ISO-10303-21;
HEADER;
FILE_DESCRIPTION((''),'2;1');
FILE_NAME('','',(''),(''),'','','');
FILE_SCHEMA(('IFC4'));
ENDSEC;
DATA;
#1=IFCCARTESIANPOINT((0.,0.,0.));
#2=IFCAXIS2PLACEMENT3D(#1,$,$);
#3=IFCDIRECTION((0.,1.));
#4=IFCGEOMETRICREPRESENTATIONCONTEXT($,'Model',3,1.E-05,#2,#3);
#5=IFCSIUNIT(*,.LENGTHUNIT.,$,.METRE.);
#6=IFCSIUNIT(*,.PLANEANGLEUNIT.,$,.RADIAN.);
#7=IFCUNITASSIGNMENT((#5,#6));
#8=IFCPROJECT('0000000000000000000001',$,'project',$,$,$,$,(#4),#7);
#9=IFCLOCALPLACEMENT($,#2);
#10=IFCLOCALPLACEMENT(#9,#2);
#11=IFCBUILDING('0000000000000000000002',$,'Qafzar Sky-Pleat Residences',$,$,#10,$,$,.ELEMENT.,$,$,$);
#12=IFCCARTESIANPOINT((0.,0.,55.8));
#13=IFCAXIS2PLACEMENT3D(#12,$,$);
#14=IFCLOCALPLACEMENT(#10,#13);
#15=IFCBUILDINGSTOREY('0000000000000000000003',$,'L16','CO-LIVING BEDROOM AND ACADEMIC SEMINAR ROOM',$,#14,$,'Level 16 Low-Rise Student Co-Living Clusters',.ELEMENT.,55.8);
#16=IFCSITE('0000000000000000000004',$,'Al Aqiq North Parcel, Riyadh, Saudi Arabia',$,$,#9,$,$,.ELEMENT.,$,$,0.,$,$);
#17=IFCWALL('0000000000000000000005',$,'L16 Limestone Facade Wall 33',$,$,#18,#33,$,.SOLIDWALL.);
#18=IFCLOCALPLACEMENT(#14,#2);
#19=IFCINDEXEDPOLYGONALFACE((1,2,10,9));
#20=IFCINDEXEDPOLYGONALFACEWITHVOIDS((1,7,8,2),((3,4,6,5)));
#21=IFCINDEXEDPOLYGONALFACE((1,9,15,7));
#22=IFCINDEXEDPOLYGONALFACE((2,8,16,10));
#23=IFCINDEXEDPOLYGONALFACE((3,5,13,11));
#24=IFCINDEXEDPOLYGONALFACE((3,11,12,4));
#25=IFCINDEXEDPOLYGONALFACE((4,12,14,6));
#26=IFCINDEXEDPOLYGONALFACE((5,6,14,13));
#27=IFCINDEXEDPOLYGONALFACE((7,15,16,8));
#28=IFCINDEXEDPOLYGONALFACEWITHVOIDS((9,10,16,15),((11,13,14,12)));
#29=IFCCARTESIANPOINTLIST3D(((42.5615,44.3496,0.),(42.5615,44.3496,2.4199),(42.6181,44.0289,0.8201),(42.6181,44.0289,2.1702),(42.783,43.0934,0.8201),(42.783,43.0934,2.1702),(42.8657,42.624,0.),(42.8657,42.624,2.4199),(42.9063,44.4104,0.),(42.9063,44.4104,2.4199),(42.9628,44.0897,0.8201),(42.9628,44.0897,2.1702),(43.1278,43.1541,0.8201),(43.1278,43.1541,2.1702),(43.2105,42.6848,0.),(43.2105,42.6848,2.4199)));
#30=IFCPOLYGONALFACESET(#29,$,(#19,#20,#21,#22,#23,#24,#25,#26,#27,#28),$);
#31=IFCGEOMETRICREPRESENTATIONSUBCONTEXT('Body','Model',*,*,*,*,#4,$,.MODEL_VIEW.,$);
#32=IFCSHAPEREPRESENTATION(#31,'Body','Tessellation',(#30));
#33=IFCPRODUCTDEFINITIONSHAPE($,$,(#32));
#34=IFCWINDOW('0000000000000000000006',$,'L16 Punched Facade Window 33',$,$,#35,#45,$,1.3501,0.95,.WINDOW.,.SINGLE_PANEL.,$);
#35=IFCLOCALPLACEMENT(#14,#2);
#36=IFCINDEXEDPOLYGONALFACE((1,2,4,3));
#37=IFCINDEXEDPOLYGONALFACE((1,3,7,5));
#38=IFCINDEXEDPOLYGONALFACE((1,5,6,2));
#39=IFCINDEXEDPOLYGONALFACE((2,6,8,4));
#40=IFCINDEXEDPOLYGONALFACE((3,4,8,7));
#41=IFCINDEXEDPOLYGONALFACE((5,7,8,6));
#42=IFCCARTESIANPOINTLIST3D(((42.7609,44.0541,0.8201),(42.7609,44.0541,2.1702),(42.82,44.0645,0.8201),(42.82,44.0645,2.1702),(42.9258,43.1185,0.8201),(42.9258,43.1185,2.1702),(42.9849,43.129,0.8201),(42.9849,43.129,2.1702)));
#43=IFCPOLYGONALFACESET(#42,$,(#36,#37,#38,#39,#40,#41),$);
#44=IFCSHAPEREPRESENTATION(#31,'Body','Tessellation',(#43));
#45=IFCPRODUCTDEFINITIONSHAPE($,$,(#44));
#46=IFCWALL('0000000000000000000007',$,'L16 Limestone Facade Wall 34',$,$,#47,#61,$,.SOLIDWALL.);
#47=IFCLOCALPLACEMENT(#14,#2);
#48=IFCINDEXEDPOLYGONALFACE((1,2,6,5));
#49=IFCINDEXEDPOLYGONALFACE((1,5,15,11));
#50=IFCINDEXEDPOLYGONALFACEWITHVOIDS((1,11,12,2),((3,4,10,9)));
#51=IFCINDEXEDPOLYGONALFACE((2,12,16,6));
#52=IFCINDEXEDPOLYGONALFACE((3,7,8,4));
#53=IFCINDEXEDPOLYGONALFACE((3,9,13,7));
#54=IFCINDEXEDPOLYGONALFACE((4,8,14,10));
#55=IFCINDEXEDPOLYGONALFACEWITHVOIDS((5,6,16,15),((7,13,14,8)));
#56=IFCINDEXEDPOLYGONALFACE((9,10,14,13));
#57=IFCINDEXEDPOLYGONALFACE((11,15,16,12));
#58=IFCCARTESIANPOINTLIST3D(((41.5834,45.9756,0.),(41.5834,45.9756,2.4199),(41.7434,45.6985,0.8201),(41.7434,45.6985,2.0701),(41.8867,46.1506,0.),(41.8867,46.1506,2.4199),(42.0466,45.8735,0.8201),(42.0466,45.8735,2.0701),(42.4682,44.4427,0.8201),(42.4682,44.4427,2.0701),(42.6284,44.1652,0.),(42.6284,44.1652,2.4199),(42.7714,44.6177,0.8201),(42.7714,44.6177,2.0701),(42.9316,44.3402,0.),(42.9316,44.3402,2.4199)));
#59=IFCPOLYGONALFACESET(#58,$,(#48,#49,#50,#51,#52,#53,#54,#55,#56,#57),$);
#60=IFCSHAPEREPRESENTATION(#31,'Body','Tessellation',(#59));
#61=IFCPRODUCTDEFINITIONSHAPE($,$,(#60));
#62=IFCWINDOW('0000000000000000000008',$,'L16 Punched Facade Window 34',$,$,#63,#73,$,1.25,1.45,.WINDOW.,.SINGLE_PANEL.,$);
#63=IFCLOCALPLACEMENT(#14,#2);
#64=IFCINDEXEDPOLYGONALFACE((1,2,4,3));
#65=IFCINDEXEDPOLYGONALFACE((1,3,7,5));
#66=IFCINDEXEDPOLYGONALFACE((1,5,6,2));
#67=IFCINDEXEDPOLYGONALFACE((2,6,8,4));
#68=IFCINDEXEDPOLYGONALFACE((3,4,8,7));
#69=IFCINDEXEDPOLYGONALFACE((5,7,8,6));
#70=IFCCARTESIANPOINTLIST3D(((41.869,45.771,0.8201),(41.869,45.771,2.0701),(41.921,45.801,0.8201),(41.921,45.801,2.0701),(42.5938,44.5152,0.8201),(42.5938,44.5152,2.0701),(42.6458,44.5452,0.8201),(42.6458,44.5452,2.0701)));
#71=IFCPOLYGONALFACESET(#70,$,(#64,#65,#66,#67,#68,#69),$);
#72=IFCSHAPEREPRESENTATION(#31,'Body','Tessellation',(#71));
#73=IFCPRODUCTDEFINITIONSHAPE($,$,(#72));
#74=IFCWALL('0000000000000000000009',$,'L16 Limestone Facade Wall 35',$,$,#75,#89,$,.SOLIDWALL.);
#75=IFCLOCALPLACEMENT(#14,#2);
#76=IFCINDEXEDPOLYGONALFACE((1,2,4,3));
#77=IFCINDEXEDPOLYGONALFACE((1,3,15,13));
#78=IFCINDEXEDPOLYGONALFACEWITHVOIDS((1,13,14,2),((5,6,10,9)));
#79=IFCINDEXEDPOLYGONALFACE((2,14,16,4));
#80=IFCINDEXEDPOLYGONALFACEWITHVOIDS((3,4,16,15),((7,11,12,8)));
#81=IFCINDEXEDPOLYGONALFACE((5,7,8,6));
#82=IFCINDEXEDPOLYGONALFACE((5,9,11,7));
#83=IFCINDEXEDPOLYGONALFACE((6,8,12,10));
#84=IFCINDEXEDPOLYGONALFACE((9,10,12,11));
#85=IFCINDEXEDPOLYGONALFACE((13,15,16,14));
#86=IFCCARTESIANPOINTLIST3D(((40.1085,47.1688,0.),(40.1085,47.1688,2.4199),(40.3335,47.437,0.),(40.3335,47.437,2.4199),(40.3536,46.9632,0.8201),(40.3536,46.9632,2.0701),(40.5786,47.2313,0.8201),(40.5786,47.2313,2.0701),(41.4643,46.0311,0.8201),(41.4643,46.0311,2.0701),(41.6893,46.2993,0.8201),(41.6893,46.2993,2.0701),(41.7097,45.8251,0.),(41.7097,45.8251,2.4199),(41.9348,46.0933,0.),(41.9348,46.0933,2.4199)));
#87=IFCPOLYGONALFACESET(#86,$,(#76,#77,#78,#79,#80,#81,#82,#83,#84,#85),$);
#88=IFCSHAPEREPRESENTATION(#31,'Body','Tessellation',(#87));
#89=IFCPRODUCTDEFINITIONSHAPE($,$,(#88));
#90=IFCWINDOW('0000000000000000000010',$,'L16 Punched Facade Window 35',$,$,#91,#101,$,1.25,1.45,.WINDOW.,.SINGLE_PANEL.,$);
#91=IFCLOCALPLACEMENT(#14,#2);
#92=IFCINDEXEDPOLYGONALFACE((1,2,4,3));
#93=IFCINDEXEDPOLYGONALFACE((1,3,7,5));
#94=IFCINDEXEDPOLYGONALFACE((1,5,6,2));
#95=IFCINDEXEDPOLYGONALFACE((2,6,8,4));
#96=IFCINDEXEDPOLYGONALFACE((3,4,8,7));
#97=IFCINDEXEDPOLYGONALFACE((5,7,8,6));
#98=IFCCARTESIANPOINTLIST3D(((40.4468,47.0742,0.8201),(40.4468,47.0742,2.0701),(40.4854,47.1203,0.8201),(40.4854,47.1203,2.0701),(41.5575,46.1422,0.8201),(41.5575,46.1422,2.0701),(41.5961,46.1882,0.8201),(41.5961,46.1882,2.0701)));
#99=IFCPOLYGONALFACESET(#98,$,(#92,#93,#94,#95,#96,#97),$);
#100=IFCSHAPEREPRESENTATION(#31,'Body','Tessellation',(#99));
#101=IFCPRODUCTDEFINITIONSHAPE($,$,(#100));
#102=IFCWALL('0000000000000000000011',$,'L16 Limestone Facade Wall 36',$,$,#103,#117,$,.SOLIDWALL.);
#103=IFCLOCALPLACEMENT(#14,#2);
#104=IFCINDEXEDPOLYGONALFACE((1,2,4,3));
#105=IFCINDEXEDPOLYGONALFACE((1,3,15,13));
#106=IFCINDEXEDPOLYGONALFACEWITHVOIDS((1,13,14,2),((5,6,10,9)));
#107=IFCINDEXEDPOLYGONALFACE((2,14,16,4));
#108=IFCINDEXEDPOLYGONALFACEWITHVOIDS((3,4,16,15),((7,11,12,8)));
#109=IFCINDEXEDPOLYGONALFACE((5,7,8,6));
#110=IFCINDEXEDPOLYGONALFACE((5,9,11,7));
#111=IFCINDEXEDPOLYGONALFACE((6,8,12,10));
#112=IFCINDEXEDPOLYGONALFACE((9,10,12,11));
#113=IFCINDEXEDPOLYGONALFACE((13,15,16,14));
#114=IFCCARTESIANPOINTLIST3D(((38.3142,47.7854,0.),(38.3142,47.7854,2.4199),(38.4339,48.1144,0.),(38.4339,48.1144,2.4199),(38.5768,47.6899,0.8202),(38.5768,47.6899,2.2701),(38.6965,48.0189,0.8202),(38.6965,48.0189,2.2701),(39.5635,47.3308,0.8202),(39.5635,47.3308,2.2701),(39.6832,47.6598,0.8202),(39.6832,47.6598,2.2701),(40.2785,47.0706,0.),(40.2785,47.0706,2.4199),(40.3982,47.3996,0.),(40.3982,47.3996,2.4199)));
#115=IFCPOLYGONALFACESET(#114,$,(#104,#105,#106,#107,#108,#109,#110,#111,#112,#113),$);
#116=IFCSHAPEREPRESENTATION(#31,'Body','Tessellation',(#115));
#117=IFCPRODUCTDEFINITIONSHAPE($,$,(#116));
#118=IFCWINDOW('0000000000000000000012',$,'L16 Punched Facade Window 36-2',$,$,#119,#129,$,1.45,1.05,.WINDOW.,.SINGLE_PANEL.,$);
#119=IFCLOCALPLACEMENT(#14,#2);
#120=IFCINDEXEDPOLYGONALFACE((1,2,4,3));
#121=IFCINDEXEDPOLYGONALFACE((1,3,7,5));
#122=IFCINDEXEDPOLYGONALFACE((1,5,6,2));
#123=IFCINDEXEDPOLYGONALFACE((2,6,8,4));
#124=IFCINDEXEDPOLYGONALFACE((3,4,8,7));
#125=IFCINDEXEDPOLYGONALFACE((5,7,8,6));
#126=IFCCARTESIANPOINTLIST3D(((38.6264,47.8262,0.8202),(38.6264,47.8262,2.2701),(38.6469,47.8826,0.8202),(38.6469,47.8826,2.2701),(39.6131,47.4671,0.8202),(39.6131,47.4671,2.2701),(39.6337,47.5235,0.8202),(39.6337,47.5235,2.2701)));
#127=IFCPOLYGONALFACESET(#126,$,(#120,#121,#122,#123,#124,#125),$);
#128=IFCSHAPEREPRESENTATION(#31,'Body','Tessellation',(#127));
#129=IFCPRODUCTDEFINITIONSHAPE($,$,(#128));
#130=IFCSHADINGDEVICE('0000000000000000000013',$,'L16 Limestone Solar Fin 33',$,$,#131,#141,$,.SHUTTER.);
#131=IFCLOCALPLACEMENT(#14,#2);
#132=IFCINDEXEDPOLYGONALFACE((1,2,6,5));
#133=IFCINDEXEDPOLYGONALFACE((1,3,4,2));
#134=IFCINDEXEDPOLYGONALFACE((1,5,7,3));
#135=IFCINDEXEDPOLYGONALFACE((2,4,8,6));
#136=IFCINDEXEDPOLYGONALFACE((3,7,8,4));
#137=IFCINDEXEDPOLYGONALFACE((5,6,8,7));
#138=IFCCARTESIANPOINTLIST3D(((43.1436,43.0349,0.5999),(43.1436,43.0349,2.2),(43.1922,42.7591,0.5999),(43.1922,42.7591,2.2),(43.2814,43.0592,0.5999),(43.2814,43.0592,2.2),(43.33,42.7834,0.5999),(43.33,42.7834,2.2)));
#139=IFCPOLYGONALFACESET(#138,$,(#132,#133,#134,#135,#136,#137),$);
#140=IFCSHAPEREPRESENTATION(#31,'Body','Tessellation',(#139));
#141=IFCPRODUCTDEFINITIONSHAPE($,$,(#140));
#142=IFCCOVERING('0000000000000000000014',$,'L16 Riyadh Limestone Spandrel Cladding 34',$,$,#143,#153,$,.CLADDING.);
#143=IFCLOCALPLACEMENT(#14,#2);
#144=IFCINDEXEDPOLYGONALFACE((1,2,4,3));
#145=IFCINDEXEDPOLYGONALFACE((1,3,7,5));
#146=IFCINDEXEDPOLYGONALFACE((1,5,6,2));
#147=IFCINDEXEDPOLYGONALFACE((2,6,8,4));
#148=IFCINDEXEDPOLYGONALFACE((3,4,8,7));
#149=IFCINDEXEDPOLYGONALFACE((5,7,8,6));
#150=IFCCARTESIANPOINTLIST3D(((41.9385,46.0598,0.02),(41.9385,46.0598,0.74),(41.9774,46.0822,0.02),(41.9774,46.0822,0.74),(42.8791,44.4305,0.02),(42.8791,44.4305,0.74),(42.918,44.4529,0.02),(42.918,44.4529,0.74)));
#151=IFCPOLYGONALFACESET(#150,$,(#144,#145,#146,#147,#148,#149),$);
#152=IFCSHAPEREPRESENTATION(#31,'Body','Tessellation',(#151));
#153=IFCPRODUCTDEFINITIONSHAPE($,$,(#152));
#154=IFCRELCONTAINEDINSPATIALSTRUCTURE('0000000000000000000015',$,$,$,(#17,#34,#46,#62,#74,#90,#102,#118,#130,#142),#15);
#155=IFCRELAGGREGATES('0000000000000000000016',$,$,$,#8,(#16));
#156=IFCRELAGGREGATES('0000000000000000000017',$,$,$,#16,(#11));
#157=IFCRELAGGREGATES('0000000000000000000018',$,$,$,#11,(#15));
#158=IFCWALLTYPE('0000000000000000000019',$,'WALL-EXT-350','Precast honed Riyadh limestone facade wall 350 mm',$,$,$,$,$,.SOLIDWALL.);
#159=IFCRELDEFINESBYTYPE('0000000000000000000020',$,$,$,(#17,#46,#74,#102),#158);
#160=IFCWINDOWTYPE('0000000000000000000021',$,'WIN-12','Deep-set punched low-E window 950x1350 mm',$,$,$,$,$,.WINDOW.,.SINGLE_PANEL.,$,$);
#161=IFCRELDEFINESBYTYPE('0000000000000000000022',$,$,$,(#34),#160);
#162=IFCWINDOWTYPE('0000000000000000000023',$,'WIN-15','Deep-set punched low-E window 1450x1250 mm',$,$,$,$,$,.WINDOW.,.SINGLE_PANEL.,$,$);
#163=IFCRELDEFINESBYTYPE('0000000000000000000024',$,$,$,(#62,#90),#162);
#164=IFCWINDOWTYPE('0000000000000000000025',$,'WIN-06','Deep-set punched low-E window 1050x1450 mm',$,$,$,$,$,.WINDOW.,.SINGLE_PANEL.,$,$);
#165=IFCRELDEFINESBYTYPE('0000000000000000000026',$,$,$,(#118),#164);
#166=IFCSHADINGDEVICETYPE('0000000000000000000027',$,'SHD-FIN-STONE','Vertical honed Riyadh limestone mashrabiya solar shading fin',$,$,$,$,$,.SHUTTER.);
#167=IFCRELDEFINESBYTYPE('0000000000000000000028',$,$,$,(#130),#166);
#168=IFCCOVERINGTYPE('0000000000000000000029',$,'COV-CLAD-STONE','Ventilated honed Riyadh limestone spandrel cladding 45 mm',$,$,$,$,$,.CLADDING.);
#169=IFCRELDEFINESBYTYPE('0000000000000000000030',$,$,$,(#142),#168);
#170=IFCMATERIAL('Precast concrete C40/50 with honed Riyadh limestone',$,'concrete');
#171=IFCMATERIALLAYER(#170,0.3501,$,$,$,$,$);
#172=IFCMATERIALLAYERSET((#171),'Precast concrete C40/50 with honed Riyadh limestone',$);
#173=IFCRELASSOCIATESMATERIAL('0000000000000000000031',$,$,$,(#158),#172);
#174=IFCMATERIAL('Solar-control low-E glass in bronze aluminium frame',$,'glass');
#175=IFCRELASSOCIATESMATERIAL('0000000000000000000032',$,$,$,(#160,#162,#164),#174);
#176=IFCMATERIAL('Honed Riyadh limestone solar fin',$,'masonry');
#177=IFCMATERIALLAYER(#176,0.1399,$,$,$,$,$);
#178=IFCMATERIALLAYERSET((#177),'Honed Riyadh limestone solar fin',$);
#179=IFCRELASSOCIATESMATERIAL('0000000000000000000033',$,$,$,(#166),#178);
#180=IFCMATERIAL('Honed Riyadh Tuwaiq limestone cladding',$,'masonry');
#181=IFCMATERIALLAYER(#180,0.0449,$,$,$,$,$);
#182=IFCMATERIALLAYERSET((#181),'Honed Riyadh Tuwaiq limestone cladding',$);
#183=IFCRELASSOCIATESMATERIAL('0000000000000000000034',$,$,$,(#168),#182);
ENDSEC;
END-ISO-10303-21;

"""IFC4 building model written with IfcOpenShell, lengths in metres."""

from ifc_helpers import new_model, si_unit, direction, frame, frame_2d, origin, origin_2d, place, context, subcontext, project, spatial, rectangle, extrude, source, transform, mapped, material, layer, layer_set, type_object, element, fill, save


model = new_model("IFC4")

# Units and contexts
model_context = context("Model", 3, precision=1e-05, world=origin(), true_north=direction((0.0, 1.0)))
body_context = subcontext(model_context, "Body", "Model", "MODEL_VIEW")
ifc_project = project(units=[si_unit("LENGTHUNIT", "METRE"), si_unit("PLANEANGLEUNIT", "RADIAN")], contexts=[model_context])

# Site, building, storey
site_placement = place(None, origin())
site = spatial("IfcSite", under=ifc_project, at=site_placement, Name="Al Aqiq North Parcel, Riyadh, Saudi Arabia", CompositionType="ELEMENT", RefElevation=0.0)
building_placement = place(site_placement, origin())
building = spatial("IfcBuilding", under=site, at=building_placement, Name="Qafzar Sky-Pleat Residences", CompositionType="ELEMENT")
storey_placement = place(building_placement, frame((0.0, 0.0, 55.8)))
storey = spatial("IfcBuildingStorey", under=building, at=storey_placement, Name="L16", Description="CO-LIVING BEDROOM AND ACADEMIC SEMINAR ROOM", LongName="Level 16 Low-Rise Student Co-Living Clusters", CompositionType="ELEMENT", Elevation=55.8)

# Shared definitions
ifc_material_1 = material(Name="Precast concrete C40/50 with honed Riyadh limestone", Category="concrete")
ifc_layer_1 = layer(ifc_material_1, 0.3501)
ifc_layer_set_1 = layer_set([ifc_layer_1], Name="Precast concrete C40/50 with honed Riyadh limestone")
wall_type_1 = type_object("IfcWallType", Name="WALL-EXT-350", Description="Precast honed Riyadh limestone facade wall 350 mm", PredefinedType="SOLIDWALL", material=ifc_layer_set_1)
ifc_material_2 = material(Name="Solar-control low-E glass in bronze aluminium frame", Category="glass")

# Walls, openings, windows
wall_1_placement = place(storey_placement, frame((43.0381, 42.6545, 0.0), z_axis=(0.0, 0.0, 1.0), x_axis=(-0.17361, 0.984814, 0.0)))
wall_1 = element("IfcWall", 1, at=wall_1_placement, inside=storey, type_object=wall_type_1, Name="L16 Limestone Facade Wall 33", PredefinedType="SOLIDWALL", context=body_context, shape_type="SweptSolid", body=[
    extrude(rectangle(XDim=1.7522, YDim=0.3501, at=frame_2d((0.876, 0.0))), origin(), (0.0, 0.0, 1.0), 2.4199),
])
opening_1_placement = place(wall_1_placement, frame((0.4763, 0.0, 0.8201)))
opening_1 = element("IfcOpeningElement", 2, at=opening_1_placement, cuts=wall_1, PredefinedType="OPENING", context=body_context, shape_type="SweptSolid", body=[
    extrude(rectangle(XDim=0.95, YDim=1.3501, at=frame_2d((0.4751, 0.675))), frame((0.0, 0.1851, 0.0), z_axis=(0.0, -1.0, 0.0), x_axis=(1.0, 0.0, 0.0)), (0.0, 0.0, 1.0), 0.3701),
])
window_type_1 = type_object("IfcWindowType", Name="WIN-12", Description="Deep-set punched low-E window 950x1350 mm", PartitioningType="SINGLE_PANEL", PredefinedType="WINDOW", material=ifc_material_2)
shared_shape_1 = source(origin(), body_context, "Body", "SweptSolid", [
    extrude(rectangle(XDim=0.95, YDim=1.3501, at=frame_2d((0.4751, 0.675))), frame((0.0, 0.03, 0.0), z_axis=(0.0, -1.0, 0.0), x_axis=(1.0, 0.0, 0.0)), (0.0, 0.0, 1.0), 0.0601),
])
window_1_placement = place(opening_1_placement, origin())
window_1 = element("IfcWindow", 3, at=window_1_placement, inside=storey, type_object=window_type_1, Name="L16 Punched Facade Window 33", OverallHeight=1.3501, OverallWidth=0.95, PartitioningType="SINGLE_PANEL", PredefinedType="WINDOW", context=body_context, shape_type="MappedRepresentation", body=[
    mapped(shared_shape_1, transform((0.0, 0.0, 0.0), x_axis=(1.0, 0.0, 0.0), y_axis=(0.0, 1.0, 0.0), z_axis=(0.0, 0.0, 1.0), scale=1.0)),
])
fill(opening_1, window_1)
wall_2_placement = place(storey_placement, frame((42.78, 44.2527, 0.0), z_axis=(0.0, 0.0, 1.0), x_axis=(-0.499908, 0.866079, 0.0)))
wall_2 = element("IfcWall", 4, at=wall_2_placement, inside=storey, type_object=wall_type_1, Name="L16 Limestone Facade Wall 34", PredefinedType="SOLIDWALL", context=body_context, shape_type="SweptSolid", body=[
    extrude(rectangle(XDim=2.0903, YDim=0.3501, at=frame_2d((1.0452, 0.0))), origin(), (0.0, 0.0, 1.0), 2.4199),
])
opening_2_placement = place(wall_2_placement, frame((0.3203, 0.0, 0.8201)))
opening_2 = element("IfcOpeningElement", 5, at=opening_2_placement, cuts=wall_2, PredefinedType="OPENING", context=body_context, shape_type="SweptSolid", body=[
    extrude(rectangle(XDim=1.45, YDim=1.25, at=frame_2d((0.7251, 0.625))), frame((0.0, 0.1851, 0.0), z_axis=(0.0, -1.0, 0.0), x_axis=(1.0, 0.0, 0.0)), (0.0, 0.0, 1.0), 0.3701),
])
window_type_2 = type_object("IfcWindowType", Name="WIN-15", Description="Deep-set punched low-E window 1450x1250 mm", PartitioningType="SINGLE_PANEL", PredefinedType="WINDOW", material=ifc_material_2)
shared_shape_2 = source(origin(), body_context, "Body", "SweptSolid", [
    extrude(rectangle(XDim=1.45, YDim=1.25, at=frame_2d((0.7251, 0.625))), frame((0.0, 0.03, 0.0), z_axis=(0.0, -1.0, 0.0), x_axis=(1.0, 0.0, 0.0)), (0.0, 0.0, 1.0), 0.0601),
])
window_2_placement = place(opening_2_placement, origin())
window_2 = element("IfcWindow", 6, at=window_2_placement, inside=storey, type_object=window_type_2, Name="L16 Punched Facade Window 34", OverallHeight=1.25, OverallWidth=1.45, PartitioningType="SINGLE_PANEL", PredefinedType="WINDOW", context=body_context, shape_type="MappedRepresentation", body=[
    mapped(shared_shape_2, transform((0.0, 0.0, 0.0), x_axis=(1.0, 0.0, 0.0), y_axis=(0.0, 1.0, 0.0), z_axis=(0.0, 0.0, 1.0), scale=1.0)),
])
fill(opening_2, window_2)
wall_3_placement = place(storey_placement, frame((41.8223, 45.9592, 0.0), z_axis=(0.0, 0.0, 1.0), x_axis=(-0.766025, 0.642811, 0.0)))
wall_3 = element("IfcWall", 7, at=wall_3_placement, inside=storey, type_object=wall_type_1, Name="L16 Limestone Facade Wall 35", PredefinedType="SOLIDWALL", context=body_context, shape_type="SweptSolid", body=[
    extrude(rectangle(XDim=2.0903, YDim=0.3501, at=frame_2d((1.0452, 0.0))), origin(), (0.0, 0.0, 1.0), 2.4199),
])
opening_3_placement = place(wall_3_placement, frame((0.3203, 0.0, 0.8201)))
opening_3 = element("IfcOpeningElement", 8, at=opening_3_placement, cuts=wall_3, PredefinedType="OPENING", context=body_context, shape_type="SweptSolid", body=[
    extrude(rectangle(XDim=1.45, YDim=1.25, at=frame_2d((0.7251, 0.625))), frame((0.0, 0.1851, 0.0), z_axis=(0.0, -1.0, 0.0), x_axis=(1.0, 0.0, 0.0)), (0.0, 0.0, 1.0), 0.3701),
])
window_3_placement = place(opening_3_placement, origin())
window_3 = element("IfcWindow", 9, at=window_3_placement, inside=storey, type_object=window_type_2, Name="L16 Punched Facade Window 35", OverallHeight=1.25, OverallWidth=1.45, PartitioningType="SINGLE_PANEL", PredefinedType="WINDOW", context=body_context, shape_type="MappedRepresentation", body=[
    mapped(shared_shape_2, transform((0.0, 0.0, 0.0), x_axis=(1.0, 0.0, 0.0), y_axis=(0.0, 1.0, 0.0), z_axis=(0.0, 0.0, 1.0), scale=1.0)),
])
fill(opening_3, window_3)
wall_4_placement = place(storey_placement, frame((40.3384, 47.2351, 0.0), z_axis=(0.0, 0.0, 1.0), x_axis=(-0.939712, 0.341968, 0.0)))
wall_4 = element("IfcWall", 10, at=wall_4_placement, inside=storey, type_object=wall_type_1, Name="L16 Limestone Facade Wall 36", PredefinedType="SOLIDWALL", context=body_context, shape_type="SweptSolid", body=[
    extrude(rectangle(XDim=2.0903, YDim=0.3501, at=frame_2d((1.0452, 0.0))), origin(), (0.0, 0.0, 1.0), 2.4199),
])
opening_4_placement = place(wall_4_placement, frame((0.761, 0.0, 0.8201)))
opening_4 = element("IfcOpeningElement", 11, at=opening_4_placement, cuts=wall_4, PredefinedType="OPENING", context=body_context, shape_type="SweptSolid", body=[
    extrude(rectangle(XDim=1.05, YDim=1.45, at=frame_2d((0.5249, 0.7251))), frame((0.0, 0.1851, 0.0), z_axis=(0.0, -1.0, 0.0), x_axis=(1.0, 0.0, 0.0)), (0.0, 0.0, 1.0), 0.3701),
])
window_type_3 = type_object("IfcWindowType", Name="WIN-06", Description="Deep-set punched low-E window 1050x1450 mm", PartitioningType="SINGLE_PANEL", PredefinedType="WINDOW", material=ifc_material_2)
shared_shape_3 = source(origin(), body_context, "Body", "SweptSolid", [
    extrude(rectangle(XDim=1.05, YDim=1.45, at=frame_2d((0.5249, 0.7251))), frame((0.0, 0.03, 0.0), z_axis=(0.0, -1.0, 0.0), x_axis=(1.0, 0.0, 0.0)), (0.0, 0.0, 1.0), 0.0601),
])
window_4_placement = place(opening_4_placement, origin())
window_4 = element("IfcWindow", 12, at=window_4_placement, inside=storey, type_object=window_type_3, Name="L16 Punched Facade Window 36-2", OverallHeight=1.45, OverallWidth=1.05, PartitioningType="SINGLE_PANEL", PredefinedType="WINDOW", context=body_context, shape_type="MappedRepresentation", body=[
    mapped(shared_shape_3, transform((0.0, 0.0, 0.0), x_axis=(1.0, 0.0, 0.0), y_axis=(0.0, 1.0, 0.0), z_axis=(0.0, 0.0, 1.0), scale=1.0)),
])
fill(opening_4, window_4)

# Shading device
ifc_material_3 = material(Name="Honed Riyadh limestone solar fin", Category="masonry")
ifc_layer_2 = layer(ifc_material_3, 0.1399)
ifc_layer_set_2 = layer_set([ifc_layer_2], Name="Honed Riyadh limestone solar fin")
shading_device_type = type_object("IfcShadingDeviceType", Name="SHD-FIN-STONE", Description="Vertical honed Riyadh limestone mashrabiya solar shading fin", PredefinedType="SHUTTER", material=ifc_layer_set_2)
shared_shape_4 = source(origin(), body_context, "Body", "SweptSolid", [
    extrude(rectangle(XDim=0.1399, YDim=0.28, at=origin_2d()), origin(), (0.0, 0.0, 1.0), 1.6001),
])
shading_device_placement = place(storey_placement, frame((43.2368, 42.9092, 0.5999), z_axis=(0.0, 0.0, 1.0), x_axis=(0.984806, 0.173658, 0.0)))
element("IfcShadingDevice", 13, at=shading_device_placement, inside=storey, type_object=shading_device_type, Name="L16 Limestone Solar Fin 33", PredefinedType="SHUTTER", context=body_context, shape_type="MappedRepresentation", body=[
    mapped(shared_shape_4, transform((0.0, 0.0, 0.0), x_axis=(1.0, 0.0, 0.0), y_axis=(0.0, 1.0, 0.0), z_axis=(0.0, 0.0, 1.0), scale=1.0)),
])

# Covering
ifc_material_4 = material(Name="Honed Riyadh Tuwaiq limestone cladding", Category="masonry")
ifc_layer_3 = layer(ifc_material_4, 0.0449)
ifc_layer_set_3 = layer_set([ifc_layer_3], Name="Honed Riyadh Tuwaiq limestone cladding")
covering_type = type_object("IfcCoveringType", Name="COV-CLAD-STONE", Description="Ventilated honed Riyadh limestone spandrel cladding 45 mm", PredefinedType="CLADDING", material=ifc_layer_set_3)
shared_shape_5 = source(origin(), body_context, "Body", "SweptSolid", [
    extrude(rectangle(XDim=1.8813, YDim=0.0449, at=origin_2d()), origin(), (0.0, 0.0, 1.0), 0.72),
])
covering_1_placement = place(storey_placement, frame((42.4282, 45.2563, 0.02), z_axis=(0.0, 0.0, 1.0), x_axis=(-0.499972, 0.866041, 0.0)))
element("IfcCovering", 14, at=covering_1_placement, inside=storey, type_object=covering_type, Name="L16 Riyadh Limestone Spandrel Cladding 34", PredefinedType="CLADDING", context=body_context, shape_type="MappedRepresentation", body=[
    mapped(shared_shape_5, transform((0.0, 0.0, 0.0), x_axis=(1.0, 0.0, 0.0), y_axis=(0.0, 1.0, 0.0), z_axis=(0.0, 0.0, 1.0), scale=1.0)),
])

save(model, "model.ifc")
